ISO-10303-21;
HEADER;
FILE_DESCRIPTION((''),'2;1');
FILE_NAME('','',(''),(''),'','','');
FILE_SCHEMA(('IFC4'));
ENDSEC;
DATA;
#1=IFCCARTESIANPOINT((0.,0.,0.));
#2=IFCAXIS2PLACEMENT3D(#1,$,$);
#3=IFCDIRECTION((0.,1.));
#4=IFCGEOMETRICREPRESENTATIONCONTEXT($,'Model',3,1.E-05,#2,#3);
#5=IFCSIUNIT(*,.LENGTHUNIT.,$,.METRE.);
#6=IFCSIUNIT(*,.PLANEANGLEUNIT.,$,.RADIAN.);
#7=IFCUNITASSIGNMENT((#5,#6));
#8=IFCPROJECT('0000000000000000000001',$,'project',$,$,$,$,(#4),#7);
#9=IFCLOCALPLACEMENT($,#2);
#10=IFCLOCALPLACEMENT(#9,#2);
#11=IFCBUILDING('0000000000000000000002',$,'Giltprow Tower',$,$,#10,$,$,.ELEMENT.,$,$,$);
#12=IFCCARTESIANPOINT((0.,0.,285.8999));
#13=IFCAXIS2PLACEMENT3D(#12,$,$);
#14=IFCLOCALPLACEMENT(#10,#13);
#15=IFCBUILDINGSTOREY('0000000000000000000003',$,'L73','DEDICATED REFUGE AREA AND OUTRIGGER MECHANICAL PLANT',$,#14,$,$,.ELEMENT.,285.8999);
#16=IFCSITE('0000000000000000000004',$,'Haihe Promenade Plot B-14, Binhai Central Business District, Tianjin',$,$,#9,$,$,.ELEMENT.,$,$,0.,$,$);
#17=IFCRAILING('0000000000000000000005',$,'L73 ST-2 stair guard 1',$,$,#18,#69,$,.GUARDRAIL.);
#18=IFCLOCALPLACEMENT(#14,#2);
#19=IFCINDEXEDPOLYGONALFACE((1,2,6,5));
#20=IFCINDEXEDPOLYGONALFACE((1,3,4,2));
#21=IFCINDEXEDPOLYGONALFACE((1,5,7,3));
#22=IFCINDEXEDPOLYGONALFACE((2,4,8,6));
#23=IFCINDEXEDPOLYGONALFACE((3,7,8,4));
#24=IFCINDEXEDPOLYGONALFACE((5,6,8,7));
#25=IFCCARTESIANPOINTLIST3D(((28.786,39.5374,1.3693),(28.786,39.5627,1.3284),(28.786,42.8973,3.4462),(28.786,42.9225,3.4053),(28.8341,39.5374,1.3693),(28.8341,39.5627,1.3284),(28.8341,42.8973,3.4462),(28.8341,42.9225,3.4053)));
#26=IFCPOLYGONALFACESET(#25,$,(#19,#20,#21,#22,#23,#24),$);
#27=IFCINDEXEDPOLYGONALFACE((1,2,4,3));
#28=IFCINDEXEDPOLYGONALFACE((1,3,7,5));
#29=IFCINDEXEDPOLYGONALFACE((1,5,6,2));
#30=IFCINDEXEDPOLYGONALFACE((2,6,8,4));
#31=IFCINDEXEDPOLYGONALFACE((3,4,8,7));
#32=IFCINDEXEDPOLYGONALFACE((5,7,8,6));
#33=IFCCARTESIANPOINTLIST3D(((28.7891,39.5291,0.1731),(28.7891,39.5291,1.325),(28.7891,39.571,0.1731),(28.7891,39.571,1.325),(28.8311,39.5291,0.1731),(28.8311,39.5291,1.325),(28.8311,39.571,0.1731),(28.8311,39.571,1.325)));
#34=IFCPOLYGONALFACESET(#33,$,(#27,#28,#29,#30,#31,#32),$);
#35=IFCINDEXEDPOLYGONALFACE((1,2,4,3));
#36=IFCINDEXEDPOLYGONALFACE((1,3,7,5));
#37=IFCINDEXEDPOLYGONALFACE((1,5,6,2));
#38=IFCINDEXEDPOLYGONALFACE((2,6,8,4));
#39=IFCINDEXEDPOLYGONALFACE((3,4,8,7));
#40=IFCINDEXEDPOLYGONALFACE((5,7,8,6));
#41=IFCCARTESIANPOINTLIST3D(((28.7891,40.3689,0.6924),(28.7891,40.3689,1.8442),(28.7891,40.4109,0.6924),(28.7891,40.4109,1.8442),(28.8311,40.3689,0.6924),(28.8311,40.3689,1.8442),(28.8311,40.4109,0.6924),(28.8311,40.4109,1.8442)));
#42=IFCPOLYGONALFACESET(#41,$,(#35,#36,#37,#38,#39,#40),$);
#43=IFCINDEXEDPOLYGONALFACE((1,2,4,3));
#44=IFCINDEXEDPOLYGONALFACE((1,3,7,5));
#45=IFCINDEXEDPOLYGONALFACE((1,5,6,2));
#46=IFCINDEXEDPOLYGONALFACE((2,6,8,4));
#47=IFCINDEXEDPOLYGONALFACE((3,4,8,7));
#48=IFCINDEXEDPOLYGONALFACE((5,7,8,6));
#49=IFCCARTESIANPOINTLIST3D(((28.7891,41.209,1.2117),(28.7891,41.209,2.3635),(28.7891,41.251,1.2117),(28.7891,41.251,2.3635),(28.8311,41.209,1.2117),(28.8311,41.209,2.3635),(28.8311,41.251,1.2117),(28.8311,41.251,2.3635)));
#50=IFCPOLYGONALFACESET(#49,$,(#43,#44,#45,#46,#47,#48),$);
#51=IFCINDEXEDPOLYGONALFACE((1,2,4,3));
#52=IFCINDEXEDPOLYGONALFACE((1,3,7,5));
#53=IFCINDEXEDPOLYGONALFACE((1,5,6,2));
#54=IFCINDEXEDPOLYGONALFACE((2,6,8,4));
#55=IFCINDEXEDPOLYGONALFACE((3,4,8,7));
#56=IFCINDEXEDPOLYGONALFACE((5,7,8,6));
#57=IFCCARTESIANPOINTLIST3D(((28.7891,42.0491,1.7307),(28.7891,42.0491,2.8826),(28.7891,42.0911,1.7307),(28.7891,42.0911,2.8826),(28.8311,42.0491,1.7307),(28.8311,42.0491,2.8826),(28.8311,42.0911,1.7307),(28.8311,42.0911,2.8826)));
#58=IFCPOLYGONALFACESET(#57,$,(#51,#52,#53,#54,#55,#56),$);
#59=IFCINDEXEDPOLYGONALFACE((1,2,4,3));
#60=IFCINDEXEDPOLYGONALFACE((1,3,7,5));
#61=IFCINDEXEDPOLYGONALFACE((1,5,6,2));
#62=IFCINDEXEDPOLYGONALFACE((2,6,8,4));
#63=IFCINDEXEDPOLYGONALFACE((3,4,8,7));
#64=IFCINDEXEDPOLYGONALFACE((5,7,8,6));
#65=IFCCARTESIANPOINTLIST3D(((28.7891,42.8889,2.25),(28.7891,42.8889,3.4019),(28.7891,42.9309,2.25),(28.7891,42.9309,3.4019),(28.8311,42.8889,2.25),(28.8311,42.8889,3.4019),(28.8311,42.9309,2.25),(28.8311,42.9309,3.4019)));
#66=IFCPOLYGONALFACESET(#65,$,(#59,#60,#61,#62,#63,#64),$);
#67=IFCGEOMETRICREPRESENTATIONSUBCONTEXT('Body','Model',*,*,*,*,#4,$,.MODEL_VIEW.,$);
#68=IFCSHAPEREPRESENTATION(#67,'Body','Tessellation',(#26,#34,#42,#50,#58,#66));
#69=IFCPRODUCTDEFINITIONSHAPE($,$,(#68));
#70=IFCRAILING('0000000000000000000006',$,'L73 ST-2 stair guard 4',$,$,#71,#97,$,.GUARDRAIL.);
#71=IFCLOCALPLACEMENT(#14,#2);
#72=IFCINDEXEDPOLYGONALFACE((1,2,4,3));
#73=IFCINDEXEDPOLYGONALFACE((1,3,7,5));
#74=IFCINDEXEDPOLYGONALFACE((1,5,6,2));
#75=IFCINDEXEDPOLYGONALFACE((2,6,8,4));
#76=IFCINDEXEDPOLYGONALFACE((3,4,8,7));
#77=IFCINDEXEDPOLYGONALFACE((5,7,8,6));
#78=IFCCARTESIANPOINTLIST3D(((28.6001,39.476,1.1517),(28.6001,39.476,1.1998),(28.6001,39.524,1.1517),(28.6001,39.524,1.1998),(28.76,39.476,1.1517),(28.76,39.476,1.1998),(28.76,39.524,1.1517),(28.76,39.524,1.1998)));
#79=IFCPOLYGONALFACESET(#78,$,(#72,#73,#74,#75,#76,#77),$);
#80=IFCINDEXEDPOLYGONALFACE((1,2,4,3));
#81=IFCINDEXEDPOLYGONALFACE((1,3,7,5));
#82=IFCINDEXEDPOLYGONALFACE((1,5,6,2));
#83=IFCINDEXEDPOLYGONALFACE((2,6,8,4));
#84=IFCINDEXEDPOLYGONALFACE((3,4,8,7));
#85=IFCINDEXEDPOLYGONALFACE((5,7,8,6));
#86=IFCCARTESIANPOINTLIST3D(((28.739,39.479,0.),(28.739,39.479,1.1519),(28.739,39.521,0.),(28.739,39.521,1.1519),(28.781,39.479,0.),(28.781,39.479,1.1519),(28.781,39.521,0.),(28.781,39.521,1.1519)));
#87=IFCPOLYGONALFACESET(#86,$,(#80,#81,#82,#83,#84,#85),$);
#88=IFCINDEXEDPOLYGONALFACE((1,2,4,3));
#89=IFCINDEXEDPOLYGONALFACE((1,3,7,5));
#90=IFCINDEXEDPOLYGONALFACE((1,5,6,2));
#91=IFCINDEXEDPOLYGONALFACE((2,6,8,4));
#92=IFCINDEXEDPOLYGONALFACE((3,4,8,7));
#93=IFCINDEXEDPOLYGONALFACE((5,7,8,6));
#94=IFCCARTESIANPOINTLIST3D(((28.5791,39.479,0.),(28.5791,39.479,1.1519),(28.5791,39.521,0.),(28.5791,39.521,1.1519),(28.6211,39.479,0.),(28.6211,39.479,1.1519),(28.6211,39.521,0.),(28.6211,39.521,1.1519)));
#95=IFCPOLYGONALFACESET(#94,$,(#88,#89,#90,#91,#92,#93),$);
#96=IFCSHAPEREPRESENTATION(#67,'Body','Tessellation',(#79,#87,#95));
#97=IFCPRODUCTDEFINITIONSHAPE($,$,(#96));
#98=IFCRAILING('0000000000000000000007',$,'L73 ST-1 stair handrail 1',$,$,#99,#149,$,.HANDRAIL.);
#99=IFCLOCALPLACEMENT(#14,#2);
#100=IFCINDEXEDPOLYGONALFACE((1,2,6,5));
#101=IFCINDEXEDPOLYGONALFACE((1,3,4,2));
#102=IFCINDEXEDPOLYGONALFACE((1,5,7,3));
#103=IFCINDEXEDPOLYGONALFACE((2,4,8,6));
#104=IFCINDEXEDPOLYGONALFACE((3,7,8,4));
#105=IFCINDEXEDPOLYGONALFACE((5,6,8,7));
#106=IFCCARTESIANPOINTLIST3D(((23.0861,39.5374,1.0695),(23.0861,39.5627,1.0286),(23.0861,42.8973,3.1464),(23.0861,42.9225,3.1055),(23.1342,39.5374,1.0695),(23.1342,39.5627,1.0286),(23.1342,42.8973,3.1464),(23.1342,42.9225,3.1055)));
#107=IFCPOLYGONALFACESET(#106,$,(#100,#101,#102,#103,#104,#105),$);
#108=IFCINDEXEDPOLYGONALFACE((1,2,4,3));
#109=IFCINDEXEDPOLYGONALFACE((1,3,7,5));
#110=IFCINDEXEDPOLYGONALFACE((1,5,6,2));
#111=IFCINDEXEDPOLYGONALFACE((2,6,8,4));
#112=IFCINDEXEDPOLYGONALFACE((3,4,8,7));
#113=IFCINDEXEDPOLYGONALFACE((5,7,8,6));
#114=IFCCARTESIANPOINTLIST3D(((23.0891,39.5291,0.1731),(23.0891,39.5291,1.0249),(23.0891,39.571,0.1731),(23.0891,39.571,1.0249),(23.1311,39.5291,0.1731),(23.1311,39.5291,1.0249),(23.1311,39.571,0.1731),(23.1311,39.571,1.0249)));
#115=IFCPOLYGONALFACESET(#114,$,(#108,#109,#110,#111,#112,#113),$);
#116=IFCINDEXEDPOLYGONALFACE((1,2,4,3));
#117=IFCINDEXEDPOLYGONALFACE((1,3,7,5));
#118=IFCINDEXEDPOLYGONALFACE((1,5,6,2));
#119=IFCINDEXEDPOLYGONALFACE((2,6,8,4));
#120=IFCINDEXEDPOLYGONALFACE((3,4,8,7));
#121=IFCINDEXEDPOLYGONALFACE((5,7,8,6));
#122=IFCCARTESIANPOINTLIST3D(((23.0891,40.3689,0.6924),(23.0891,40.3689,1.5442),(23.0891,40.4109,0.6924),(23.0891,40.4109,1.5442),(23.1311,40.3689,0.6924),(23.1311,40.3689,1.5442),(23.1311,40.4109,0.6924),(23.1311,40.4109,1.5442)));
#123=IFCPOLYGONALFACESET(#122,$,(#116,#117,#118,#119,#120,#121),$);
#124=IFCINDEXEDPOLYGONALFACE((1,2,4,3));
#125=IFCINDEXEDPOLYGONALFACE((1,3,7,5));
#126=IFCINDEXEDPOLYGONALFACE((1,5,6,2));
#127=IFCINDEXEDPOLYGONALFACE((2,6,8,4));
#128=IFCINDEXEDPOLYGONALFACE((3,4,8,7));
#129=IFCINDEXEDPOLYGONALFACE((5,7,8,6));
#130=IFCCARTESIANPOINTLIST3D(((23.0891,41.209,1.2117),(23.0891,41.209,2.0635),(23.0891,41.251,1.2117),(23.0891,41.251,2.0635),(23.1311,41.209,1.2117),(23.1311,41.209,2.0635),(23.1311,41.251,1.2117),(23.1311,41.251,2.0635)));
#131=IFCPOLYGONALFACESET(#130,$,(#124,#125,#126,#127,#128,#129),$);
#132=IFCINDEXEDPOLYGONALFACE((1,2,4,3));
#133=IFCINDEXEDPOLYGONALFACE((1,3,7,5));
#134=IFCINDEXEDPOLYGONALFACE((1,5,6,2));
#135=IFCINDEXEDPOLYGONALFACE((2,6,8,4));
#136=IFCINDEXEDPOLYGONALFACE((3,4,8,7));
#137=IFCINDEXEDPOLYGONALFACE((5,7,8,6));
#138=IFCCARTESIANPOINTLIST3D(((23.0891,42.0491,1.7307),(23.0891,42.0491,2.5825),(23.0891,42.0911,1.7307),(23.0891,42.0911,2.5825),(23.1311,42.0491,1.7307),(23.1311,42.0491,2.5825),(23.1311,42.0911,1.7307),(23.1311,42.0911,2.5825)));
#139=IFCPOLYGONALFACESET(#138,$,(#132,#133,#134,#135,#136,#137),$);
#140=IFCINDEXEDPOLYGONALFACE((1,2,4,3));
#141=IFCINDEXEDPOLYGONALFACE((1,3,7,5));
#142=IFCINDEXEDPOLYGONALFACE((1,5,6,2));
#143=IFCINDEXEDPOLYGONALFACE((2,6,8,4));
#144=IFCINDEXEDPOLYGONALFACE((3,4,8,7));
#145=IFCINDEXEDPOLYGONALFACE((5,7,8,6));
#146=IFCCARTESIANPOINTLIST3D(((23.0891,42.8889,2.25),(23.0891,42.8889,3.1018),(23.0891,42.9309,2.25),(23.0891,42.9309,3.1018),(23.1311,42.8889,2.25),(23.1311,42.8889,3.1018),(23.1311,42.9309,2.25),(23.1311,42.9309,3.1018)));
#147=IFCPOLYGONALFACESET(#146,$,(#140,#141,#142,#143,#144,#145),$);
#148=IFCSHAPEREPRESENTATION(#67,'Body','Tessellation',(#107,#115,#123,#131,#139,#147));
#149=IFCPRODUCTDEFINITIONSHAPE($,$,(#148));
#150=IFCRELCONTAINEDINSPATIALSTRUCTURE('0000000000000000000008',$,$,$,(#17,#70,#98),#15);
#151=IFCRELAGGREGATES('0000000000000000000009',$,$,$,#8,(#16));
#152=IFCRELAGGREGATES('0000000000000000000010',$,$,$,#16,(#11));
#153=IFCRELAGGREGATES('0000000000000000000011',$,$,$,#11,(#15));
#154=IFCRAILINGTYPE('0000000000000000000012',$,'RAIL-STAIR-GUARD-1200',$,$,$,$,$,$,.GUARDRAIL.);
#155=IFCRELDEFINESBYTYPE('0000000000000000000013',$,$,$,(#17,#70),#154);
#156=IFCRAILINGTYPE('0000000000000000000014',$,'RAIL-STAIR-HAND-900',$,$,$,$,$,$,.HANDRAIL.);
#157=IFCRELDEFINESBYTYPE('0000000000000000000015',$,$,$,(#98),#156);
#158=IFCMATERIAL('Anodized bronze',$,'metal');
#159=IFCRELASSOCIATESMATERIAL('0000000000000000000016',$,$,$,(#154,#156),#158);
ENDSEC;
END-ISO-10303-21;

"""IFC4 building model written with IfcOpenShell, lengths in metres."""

from ifc_helpers import new_model, si_unit, direction, frame, origin, origin_2d, place, context, subcontext, project, spatial, rectangle, extrude, material, type_object, element, save


model = new_model("IFC4")

# Units and contexts
model_context = context("Model", 3, precision=1e-05, world=origin(), true_north=direction((0.0, 1.0)))
body_context = subcontext(model_context, "Body", "Model", "MODEL_VIEW")
ifc_project = project(units=[si_unit("LENGTHUNIT", "METRE"), si_unit("PLANEANGLEUNIT", "RADIAN")], contexts=[model_context])

# Site, building, storey
site_placement = place(None, origin())
site = spatial("IfcSite", under=ifc_project, at=site_placement, Name="Haihe Promenade Plot B-14, Binhai Central Business District, Tianjin", CompositionType="ELEMENT", RefElevation=0.0)
building_placement = place(site_placement, origin())
building = spatial("IfcBuilding", under=site, at=building_placement, Name="Giltprow Tower", CompositionType="ELEMENT")
storey_placement = place(building_placement, frame((0.0, 0.0, 285.8999)))
storey = spatial("IfcBuildingStorey", under=building, at=storey_placement, Name="L73", Description="DEDICATED REFUGE AREA AND OUTRIGGER MECHANICAL PLANT", CompositionType="ELEMENT", Elevation=285.8999)

# Railings
ifc_material_1 = material(Name="Anodized bronze", Category="metal")
railing_type_1 = type_object("IfcRailingType", Name="RAIL-STAIR-GUARD-1200", PredefinedType="GUARDRAIL", material=ifc_material_1)
for number, where, name in (
    (1, (28.8101, 39.55, 0.1731), "L73 ST-2 stair guard 1"),
):
    element("IfcRailing", number, at=place(storey_placement, frame(where)), inside=storey, type_object=railing_type_1, Name=name, PredefinedType="GUARDRAIL", context=body_context, shape_type="SweptSolid", body=[
        extrude(rectangle(XDim=0.0481, YDim=0.0481, at=origin_2d()), frame((0.0, 0.0, 1.1758), z_axis=(0.0, 0.850606, 0.525803), x_axis=(-1.0, 0.0, 0.0)), (0.0, 0.0, 1.0), 3.95),
        extrude(rectangle(XDim=0.042, YDim=0.042, at=origin_2d()), origin(), (0.0, 0.0, 1.0), 1.1519),
        extrude(rectangle(XDim=0.042, YDim=0.042, at=origin_2d()), frame((0.0, 0.8398, 0.5193)), (0.0, 0.0, 1.0), 1.1519),
        extrude(rectangle(XDim=0.042, YDim=0.042, at=origin_2d()), frame((0.0, 1.6799, 1.0386)), (0.0, 0.0, 1.0), 1.1519),
        extrude(rectangle(XDim=0.042, YDim=0.042, at=origin_2d()), frame((0.0, 2.52, 1.5576)), (0.0, 0.0, 1.0), 1.1519),
        extrude(rectangle(XDim=0.042, YDim=0.042, at=origin_2d()), frame((0.0, 3.3599, 2.0769)), (0.0, 0.0, 1.0), 1.1519),
    ])
railing_1_placement = place(storey_placement, frame((28.76, 39.5, 0.0)))
element("IfcRailing", 2, at=railing_1_placement, inside=storey, type_object=railing_type_1, Name="L73 ST-2 stair guard 4", PredefinedType="GUARDRAIL", context=body_context, shape_type="SweptSolid", body=[
    extrude(rectangle(XDim=0.0481, YDim=0.0481, at=origin_2d()), frame((0.0, 0.0, 1.1758), z_axis=(-1.0, 0.0, 0.0), x_axis=(0.0, -1.0, 0.0)), (0.0, 0.0, 1.0), 0.1599),
    extrude(rectangle(XDim=0.042, YDim=0.042, at=origin_2d()), origin(), (0.0, 0.0, 1.0), 1.1519),
    extrude(rectangle(XDim=0.042, YDim=0.042, at=origin_2d()), frame((-0.1599, 0.0, 0.0)), (0.0, 0.0, 1.0), 1.1519),
])
railing_type_2 = type_object("IfcRailingType", Name="RAIL-STAIR-HAND-900", PredefinedType="HANDRAIL", material=ifc_material_1)
railing_2_placement = place(storey_placement, frame((23.1101, 39.55, 0.1731)))
element("IfcRailing", 3, at=railing_2_placement, inside=storey, type_object=railing_type_2, Name="L73 ST-1 stair handrail 1", PredefinedType="HANDRAIL", context=body_context, shape_type="SweptSolid", body=[
    extrude(rectangle(XDim=0.0481, YDim=0.0481, at=origin_2d()), frame((0.0, 0.0, 0.876), z_axis=(0.0, 0.850606, 0.525803), x_axis=(-1.0, 0.0, 0.0)), (0.0, 0.0, 1.0), 3.95),
    extrude(rectangle(XDim=0.042, YDim=0.042, at=origin_2d()), origin(), (0.0, 0.0, 1.0), 0.8518),
    extrude(rectangle(XDim=0.042, YDim=0.042, at=origin_2d()), frame((0.0, 0.8398, 0.5193)), (0.0, 0.0, 1.0), 0.8518),
    extrude(rectangle(XDim=0.042, YDim=0.042, at=origin_2d()), frame((0.0, 1.6799, 1.0386)), (0.0, 0.0, 1.0), 0.8518),
    extrude(rectangle(XDim=0.042, YDim=0.042, at=origin_2d()), frame((0.0, 2.52, 1.5576)), (0.0, 0.0, 1.0), 0.8518),
    extrude(rectangle(XDim=0.042, YDim=0.042, at=origin_2d()), frame((0.0, 3.3599, 2.0769)), (0.0, 0.0, 1.0), 0.8518),
])

save(model, "model.ifc")
